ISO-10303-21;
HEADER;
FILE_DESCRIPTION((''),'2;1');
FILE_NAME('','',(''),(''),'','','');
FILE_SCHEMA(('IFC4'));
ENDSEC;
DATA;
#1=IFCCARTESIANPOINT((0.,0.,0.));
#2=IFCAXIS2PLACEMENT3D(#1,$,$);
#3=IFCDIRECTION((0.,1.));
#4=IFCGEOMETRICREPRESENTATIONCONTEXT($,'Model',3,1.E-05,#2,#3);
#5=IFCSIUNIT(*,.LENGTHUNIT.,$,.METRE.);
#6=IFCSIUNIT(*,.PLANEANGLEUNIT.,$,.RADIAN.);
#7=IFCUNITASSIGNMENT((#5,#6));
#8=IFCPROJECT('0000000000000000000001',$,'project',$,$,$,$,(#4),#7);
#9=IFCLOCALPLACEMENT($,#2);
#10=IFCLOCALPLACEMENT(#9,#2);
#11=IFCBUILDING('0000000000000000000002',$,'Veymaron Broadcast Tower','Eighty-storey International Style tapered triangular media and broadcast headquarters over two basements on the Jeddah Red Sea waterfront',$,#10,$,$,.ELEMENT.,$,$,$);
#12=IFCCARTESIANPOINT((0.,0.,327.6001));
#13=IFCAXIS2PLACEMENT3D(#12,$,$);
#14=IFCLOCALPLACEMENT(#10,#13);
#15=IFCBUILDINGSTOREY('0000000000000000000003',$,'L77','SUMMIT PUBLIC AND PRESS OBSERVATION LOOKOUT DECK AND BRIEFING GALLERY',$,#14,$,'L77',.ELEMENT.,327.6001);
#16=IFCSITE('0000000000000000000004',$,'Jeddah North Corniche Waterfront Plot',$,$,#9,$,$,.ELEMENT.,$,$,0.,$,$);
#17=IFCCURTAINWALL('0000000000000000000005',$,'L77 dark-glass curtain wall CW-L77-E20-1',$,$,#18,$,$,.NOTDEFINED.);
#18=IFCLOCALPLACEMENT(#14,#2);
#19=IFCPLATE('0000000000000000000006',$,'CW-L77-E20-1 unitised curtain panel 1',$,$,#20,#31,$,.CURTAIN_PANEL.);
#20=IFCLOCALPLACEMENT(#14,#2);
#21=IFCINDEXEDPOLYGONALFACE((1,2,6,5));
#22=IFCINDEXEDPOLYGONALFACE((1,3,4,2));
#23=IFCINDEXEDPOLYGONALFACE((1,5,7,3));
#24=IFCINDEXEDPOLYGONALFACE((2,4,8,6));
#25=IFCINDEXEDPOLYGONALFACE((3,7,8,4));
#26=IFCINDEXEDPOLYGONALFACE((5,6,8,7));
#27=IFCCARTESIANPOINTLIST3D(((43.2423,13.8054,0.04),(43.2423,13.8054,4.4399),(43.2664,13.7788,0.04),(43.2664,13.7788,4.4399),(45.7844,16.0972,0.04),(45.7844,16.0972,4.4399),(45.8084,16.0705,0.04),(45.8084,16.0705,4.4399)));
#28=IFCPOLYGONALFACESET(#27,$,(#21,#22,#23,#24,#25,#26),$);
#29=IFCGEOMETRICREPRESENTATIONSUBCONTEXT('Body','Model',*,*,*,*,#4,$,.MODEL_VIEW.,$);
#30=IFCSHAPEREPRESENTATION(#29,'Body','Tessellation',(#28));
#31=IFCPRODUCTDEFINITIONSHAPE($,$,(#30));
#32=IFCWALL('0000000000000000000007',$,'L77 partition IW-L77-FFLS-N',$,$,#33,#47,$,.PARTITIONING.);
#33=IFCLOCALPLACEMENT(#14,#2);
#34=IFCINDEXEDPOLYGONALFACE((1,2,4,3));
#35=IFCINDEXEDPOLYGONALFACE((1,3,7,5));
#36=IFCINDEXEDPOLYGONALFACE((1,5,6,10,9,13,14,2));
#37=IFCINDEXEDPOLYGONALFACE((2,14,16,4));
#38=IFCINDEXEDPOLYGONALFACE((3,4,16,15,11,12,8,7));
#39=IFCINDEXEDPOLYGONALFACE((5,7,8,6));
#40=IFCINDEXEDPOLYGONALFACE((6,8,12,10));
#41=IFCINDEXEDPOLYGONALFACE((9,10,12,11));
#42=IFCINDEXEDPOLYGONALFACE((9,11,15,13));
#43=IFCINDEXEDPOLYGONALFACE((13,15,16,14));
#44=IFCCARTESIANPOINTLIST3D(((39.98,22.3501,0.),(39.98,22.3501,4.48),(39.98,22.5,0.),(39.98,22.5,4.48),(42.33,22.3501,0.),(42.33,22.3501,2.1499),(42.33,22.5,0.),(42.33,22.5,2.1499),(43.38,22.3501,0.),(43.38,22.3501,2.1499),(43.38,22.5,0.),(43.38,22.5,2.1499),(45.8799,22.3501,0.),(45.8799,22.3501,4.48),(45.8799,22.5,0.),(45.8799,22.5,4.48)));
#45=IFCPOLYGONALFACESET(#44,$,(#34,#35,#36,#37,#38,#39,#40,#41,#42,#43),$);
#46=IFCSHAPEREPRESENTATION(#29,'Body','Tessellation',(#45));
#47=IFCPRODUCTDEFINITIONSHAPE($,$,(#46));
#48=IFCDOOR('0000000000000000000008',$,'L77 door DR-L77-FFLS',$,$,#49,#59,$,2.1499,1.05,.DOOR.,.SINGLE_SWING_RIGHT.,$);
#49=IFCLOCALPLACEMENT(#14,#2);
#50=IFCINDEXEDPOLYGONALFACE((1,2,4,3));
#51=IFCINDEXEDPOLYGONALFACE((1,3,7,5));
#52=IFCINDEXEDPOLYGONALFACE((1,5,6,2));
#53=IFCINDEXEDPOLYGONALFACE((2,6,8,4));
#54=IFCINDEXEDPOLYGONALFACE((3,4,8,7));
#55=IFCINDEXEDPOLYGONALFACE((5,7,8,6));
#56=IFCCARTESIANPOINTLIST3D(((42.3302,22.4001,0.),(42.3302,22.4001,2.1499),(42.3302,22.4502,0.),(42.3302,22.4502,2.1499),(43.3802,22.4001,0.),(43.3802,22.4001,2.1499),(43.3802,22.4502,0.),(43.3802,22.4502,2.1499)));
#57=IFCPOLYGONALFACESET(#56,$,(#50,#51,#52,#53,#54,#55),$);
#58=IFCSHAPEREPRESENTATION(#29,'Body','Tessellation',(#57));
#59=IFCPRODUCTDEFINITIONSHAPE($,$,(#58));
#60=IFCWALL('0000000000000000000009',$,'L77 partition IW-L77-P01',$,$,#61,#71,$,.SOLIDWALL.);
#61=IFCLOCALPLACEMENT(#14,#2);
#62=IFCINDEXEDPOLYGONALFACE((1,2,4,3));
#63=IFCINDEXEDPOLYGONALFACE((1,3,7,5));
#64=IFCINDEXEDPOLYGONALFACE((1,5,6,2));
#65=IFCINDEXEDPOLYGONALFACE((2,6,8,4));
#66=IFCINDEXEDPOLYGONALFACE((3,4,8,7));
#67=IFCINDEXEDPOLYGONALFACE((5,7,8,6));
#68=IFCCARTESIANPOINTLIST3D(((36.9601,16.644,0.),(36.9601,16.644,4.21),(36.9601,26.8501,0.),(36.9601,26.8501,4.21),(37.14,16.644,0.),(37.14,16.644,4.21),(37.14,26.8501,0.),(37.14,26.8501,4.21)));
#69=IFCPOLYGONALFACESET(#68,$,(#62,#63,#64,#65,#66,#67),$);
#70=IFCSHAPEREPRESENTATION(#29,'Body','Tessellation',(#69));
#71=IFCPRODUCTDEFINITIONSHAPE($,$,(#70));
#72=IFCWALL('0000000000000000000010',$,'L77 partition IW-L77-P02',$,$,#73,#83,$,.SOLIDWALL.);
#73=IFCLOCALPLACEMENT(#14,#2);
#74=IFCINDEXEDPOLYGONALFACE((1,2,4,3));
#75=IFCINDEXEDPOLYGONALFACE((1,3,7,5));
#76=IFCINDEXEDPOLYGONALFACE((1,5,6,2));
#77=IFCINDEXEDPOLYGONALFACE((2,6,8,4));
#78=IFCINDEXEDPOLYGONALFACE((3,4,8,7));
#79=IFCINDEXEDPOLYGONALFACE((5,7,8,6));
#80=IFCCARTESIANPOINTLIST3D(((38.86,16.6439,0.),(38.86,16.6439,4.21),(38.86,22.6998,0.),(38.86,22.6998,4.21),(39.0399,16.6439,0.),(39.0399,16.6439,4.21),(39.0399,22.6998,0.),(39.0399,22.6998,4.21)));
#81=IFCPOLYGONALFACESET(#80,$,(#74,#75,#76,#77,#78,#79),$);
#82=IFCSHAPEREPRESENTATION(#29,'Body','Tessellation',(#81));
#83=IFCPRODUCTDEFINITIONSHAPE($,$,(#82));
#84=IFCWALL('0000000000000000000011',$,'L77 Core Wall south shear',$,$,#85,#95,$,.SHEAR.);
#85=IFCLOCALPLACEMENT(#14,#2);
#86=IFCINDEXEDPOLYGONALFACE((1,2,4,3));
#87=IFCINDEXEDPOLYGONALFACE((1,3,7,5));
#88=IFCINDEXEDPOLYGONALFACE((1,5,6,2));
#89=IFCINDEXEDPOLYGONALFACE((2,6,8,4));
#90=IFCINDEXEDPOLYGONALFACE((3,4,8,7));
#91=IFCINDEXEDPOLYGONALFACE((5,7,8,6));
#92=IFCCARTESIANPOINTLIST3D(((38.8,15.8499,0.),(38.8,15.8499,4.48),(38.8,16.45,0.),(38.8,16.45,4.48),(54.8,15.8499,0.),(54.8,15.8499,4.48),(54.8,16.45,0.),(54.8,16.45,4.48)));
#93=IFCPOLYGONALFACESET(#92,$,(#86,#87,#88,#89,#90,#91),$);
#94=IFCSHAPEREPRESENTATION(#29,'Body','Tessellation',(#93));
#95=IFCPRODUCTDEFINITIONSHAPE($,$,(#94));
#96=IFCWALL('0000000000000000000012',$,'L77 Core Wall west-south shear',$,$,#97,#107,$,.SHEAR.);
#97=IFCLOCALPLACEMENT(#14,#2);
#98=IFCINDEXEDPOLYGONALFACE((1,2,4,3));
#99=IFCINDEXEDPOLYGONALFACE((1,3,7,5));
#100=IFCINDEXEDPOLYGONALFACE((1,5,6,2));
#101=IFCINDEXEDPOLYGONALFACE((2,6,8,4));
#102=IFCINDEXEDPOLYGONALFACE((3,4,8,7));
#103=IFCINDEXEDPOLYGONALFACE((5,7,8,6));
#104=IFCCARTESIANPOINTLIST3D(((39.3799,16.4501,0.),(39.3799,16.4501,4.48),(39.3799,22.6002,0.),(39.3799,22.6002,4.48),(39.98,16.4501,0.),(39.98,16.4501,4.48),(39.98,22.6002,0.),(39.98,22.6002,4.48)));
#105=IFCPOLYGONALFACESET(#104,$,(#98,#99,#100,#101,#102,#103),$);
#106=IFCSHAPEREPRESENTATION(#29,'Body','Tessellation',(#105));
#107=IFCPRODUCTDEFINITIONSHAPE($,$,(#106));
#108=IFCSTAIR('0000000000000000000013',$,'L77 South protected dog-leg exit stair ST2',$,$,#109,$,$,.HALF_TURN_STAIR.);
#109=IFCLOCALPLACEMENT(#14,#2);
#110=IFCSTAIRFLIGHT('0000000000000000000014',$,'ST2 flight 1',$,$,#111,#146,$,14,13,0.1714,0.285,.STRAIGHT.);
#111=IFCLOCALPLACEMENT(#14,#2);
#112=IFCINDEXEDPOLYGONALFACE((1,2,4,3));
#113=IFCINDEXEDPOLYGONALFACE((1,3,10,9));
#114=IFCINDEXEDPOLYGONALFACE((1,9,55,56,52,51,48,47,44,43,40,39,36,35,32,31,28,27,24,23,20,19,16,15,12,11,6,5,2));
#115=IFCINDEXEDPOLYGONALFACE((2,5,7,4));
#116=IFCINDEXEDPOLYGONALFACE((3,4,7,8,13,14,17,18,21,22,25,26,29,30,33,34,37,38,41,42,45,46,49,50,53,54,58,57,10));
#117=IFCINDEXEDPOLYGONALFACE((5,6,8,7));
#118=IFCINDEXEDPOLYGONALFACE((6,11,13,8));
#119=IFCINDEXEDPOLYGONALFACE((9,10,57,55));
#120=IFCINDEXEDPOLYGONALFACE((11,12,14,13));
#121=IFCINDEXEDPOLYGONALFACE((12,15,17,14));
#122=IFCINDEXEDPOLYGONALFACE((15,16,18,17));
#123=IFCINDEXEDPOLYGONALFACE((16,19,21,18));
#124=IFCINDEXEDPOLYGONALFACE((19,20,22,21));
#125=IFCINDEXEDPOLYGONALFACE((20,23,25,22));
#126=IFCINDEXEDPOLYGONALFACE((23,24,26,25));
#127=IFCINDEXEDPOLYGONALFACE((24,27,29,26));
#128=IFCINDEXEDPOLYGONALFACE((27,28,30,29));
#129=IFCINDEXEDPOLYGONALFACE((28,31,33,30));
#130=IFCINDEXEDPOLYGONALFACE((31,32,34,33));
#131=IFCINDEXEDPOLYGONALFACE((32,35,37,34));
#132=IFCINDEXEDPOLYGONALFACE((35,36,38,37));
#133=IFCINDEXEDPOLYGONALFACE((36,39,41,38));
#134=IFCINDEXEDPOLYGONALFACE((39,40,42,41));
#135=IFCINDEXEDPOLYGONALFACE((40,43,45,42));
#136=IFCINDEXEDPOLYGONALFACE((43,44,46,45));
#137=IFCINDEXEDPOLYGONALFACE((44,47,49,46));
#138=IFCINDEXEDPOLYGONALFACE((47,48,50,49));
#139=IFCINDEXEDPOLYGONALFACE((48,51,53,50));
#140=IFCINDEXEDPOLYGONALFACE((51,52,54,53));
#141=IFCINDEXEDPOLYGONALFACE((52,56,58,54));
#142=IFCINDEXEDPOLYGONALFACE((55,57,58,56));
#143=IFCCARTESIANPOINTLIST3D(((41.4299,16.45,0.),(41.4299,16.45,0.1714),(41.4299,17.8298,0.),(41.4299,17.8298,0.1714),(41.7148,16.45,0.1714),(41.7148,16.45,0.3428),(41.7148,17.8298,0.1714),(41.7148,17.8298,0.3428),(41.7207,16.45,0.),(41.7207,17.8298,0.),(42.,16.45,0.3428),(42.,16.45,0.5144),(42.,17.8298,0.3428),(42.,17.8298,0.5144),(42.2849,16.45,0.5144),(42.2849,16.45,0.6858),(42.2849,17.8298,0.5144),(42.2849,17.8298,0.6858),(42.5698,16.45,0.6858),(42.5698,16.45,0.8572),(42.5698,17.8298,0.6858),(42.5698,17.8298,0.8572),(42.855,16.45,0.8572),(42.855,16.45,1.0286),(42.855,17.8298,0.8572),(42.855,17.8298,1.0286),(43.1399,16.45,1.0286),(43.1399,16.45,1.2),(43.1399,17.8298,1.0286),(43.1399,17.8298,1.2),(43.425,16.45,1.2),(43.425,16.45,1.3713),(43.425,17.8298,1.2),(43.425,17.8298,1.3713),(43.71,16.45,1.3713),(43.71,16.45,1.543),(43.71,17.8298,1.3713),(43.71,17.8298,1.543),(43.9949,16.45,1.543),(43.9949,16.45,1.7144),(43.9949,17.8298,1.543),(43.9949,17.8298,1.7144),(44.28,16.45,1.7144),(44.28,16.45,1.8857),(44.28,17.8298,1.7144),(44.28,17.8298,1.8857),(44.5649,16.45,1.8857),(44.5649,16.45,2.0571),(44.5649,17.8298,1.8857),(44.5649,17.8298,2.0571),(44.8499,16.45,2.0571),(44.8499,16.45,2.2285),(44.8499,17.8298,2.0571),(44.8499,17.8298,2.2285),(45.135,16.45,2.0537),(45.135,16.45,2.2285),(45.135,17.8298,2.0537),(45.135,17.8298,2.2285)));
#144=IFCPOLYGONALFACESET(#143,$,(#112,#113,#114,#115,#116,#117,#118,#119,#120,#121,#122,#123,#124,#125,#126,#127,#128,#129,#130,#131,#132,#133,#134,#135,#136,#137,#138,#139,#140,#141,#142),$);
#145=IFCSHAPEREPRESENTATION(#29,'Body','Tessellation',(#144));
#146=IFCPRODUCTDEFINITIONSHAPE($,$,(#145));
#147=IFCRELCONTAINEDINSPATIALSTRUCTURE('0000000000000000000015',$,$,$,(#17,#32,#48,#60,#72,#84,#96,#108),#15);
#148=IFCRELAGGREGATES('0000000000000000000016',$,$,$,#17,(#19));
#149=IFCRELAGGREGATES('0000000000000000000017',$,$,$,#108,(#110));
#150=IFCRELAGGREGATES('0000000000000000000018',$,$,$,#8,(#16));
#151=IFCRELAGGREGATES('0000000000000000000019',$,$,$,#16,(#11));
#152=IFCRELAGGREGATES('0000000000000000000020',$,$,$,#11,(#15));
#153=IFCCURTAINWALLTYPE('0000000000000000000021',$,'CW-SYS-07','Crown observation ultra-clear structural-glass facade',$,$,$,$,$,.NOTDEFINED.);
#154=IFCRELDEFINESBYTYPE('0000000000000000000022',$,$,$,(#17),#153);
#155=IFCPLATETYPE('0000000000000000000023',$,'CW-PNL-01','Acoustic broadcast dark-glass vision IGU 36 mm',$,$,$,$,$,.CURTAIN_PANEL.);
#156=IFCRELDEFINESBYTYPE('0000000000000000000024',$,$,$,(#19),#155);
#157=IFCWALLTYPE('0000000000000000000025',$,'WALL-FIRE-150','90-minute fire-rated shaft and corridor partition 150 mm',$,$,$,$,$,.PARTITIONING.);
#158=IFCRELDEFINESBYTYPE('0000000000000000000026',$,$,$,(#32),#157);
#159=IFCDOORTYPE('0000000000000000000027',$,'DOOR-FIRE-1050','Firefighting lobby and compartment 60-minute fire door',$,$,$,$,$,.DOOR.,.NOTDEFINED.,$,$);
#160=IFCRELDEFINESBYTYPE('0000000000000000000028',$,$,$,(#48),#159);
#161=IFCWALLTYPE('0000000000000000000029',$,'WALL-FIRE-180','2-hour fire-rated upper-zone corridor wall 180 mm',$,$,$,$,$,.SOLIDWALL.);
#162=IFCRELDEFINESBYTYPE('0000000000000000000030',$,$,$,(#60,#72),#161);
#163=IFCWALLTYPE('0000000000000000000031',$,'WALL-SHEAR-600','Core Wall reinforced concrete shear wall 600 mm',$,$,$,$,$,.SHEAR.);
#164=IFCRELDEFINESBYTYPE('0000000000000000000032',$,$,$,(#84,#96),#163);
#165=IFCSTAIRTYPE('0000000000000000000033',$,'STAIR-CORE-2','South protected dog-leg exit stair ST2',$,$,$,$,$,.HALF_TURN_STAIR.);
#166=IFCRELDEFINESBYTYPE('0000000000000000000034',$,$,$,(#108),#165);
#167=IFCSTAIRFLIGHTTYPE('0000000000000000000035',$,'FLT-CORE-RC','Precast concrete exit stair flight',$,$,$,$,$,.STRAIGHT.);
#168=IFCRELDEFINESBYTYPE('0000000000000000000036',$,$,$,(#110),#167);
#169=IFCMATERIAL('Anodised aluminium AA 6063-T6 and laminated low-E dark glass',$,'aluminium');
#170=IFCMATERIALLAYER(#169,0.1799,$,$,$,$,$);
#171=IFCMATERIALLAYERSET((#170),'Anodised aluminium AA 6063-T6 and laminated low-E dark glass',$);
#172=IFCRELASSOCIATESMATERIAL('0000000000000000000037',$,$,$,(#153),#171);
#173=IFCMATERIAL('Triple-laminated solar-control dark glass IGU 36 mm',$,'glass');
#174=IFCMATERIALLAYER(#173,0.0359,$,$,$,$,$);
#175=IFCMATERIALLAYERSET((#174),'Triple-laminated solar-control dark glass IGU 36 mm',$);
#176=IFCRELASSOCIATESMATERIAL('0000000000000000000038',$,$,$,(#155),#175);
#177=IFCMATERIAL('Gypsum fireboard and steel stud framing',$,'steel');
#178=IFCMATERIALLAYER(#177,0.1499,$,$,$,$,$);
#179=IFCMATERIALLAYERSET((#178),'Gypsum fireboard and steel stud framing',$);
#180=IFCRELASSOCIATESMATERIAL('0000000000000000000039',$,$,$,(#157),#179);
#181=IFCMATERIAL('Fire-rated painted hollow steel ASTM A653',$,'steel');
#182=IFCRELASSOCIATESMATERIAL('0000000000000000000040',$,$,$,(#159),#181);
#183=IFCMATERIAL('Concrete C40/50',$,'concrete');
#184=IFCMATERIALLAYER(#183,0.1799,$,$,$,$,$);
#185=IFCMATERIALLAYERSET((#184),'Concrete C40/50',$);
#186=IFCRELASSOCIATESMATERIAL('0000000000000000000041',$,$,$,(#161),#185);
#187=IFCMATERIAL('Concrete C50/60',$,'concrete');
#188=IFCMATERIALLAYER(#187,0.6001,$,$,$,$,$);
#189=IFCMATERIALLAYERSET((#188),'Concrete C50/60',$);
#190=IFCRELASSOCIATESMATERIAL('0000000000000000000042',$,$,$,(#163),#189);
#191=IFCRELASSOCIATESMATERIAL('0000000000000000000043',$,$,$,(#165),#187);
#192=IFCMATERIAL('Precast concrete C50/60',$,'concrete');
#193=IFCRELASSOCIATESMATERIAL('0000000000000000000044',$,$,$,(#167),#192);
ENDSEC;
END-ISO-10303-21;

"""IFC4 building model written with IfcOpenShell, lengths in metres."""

from ifc_helpers import new_model, si_unit, direction, frame, frame_2d, origin, origin_2d, place, context, subcontext, project, spatial, polyline, rectangle, outline, extrude, material, layer, layer_set, type_object, element, fill, aggregate, save


model = new_model("IFC4")

# Units and contexts
model_context = context("Model", 3, precision=1e-05, world=origin(), true_north=direction((0.0, 1.0)))
body_context = subcontext(model_context, "Body", "Model", "MODEL_VIEW")
ifc_project = project(units=[si_unit("LENGTHUNIT", "METRE"), si_unit("PLANEANGLEUNIT", "RADIAN")], contexts=[model_context])

# Site, building, storey
site_placement = place(None, origin())
site = spatial("IfcSite", under=ifc_project, at=site_placement, Name="Jeddah North Corniche Waterfront Plot", CompositionType="ELEMENT", RefElevation=0.0)
building_placement = place(site_placement, origin())
building = spatial("IfcBuilding", under=site, at=building_placement, Name="Veymaron Broadcast Tower", Description="Eighty-storey International Style tapered triangular media and broadcast headquarters over two basements on the Jeddah Red Sea waterfront", CompositionType="ELEMENT")
storey_placement = place(building_placement, frame((0.0, 0.0, 327.6001)))
storey = spatial("IfcBuildingStorey", under=building, at=storey_placement, Name="L77", Description="SUMMIT PUBLIC AND PRESS OBSERVATION LOOKOUT DECK AND BRIEFING GALLERY", LongName="L77", CompositionType="ELEMENT", Elevation=327.6001)

# Curtain wall, plate
ifc_material_1 = material(Name="Anodised aluminium AA 6063-T6 and laminated low-E dark glass", Category="aluminium")
ifc_layer_1 = layer(ifc_material_1, 0.1799)
ifc_layer_set_1 = layer_set([ifc_layer_1], Name="Anodised aluminium AA 6063-T6 and laminated low-E dark glass")
curtain_wall_type = type_object("IfcCurtainWallType", Name="CW-SYS-07", Description="Crown observation ultra-clear structural-glass facade", PredefinedType="NOTDEFINED", material=ifc_layer_set_1)
curtain_wall_placement = place(storey_placement, origin())
curtain_wall = element("IfcCurtainWall", 1, at=curtain_wall_placement, inside=storey, type_object=curtain_wall_type, Name="L77 dark-glass curtain wall CW-L77-E20-1", PredefinedType="NOTDEFINED")
ifc_material_2 = material(Name="Triple-laminated solar-control dark glass IGU 36 mm", Category="glass")
ifc_layer_2 = layer(ifc_material_2, 0.0359)
ifc_layer_set_2 = layer_set([ifc_layer_2], Name="Triple-laminated solar-control dark glass IGU 36 mm")
plate_type = type_object("IfcPlateType", Name="CW-PNL-01", Description="Acoustic broadcast dark-glass vision IGU 36 mm", PredefinedType="CURTAIN_PANEL", material=ifc_layer_set_2)
plate_1_placement = place(storey_placement, frame((44.5254, 14.938, 0.04), z_axis=(0.0, 0.0, 1.0), x_axis=(0.742724, 0.669597, 0.0)))
plate_1 = element("IfcPlate", 2, at=plate_1_placement, type_object=plate_type, Name="CW-L77-E20-1 unitised curtain panel 1", PredefinedType="CURTAIN_PANEL", context=body_context, shape_type="SweptSolid", body=[
    extrude(rectangle(XDim=3.4226, YDim=0.0359, at=origin_2d()), origin(), (0.0, 0.0, 1.0), 4.3999),
])
aggregate(curtain_wall, [plate_1])

# Wall, opening, door
ifc_material_3 = material(Name="Gypsum fireboard and steel stud framing", Category="steel")
ifc_layer_3 = layer(ifc_material_3, 0.1499)
ifc_layer_set_3 = layer_set([ifc_layer_3], Name="Gypsum fireboard and steel stud framing")
wall_type_1 = type_object("IfcWallType", Name="WALL-FIRE-150", Description="90-minute fire-rated shaft and corridor partition 150 mm", PredefinedType="PARTITIONING", material=ifc_layer_set_3)
wall_1_placement = place(storey_placement, frame((39.98, 22.425, 0.0), z_axis=(0.0, 0.0, 1.0), x_axis=(1.0, 0.0, 0.0)))
wall_1 = element("IfcWall", 3, at=wall_1_placement, inside=storey, type_object=wall_type_1, Name="L77 partition IW-L77-FFLS-N", PredefinedType="PARTITIONING", context=body_context, shape_type="SweptSolid", body=[
    extrude(rectangle(XDim=5.8999, YDim=0.1499, at=frame_2d((2.95, 0.0))), origin(), (0.0, 0.0, 1.0), 4.48),
])
opening_1_placement = place(wall_1_placement, frame((2.3501, 0.0, 0.0)))
opening_1 = element("IfcOpeningElement", 4, at=opening_1_placement, cuts=wall_1, PredefinedType="OPENING", context=body_context, shape_type="SweptSolid", body=[
    extrude(rectangle(XDim=1.05, YDim=2.1499, at=frame_2d((0.5249, 1.075))), frame((0.0, 0.085, 0.0), z_axis=(0.0, -1.0, 0.0), x_axis=(1.0, 0.0, 0.0)), (0.0, 0.0, 1.0), 0.1699),
])
ifc_material_4 = material(Name="Fire-rated painted hollow steel ASTM A653", Category="steel")
door_type_1 = type_object("IfcDoorType", Name="DOOR-FIRE-1050", Description="Firefighting lobby and compartment 60-minute fire door", OperationType="NOTDEFINED", PredefinedType="DOOR", material=ifc_material_4)
door_1_placement = place(opening_1_placement, frame((1.05, 0.0, 0.0), z_axis=(0.0, 0.0, 1.0), x_axis=(-1.0, 0.0, 0.0)))
door_1 = element("IfcDoor", 5, at=door_1_placement, inside=storey, type_object=door_type_1, Name="L77 door DR-L77-FFLS", OperationType="SINGLE_SWING_RIGHT", OverallHeight=2.1499, OverallWidth=1.05, PredefinedType="DOOR", context=body_context, shape_type="SweptSolid", body=[
    extrude(rectangle(XDim=1.05, YDim=2.1499, at=frame_2d((0.5249, 1.075))), frame((0.0, 0.0249, 0.0), z_axis=(0.0, -1.0, 0.0), x_axis=(1.0, 0.0, 0.0)), (0.0, 0.0, 1.0), 0.05),
])
fill(opening_1, door_1)

# Walls
ifc_material_5 = material(Name="Concrete C40/50", Category="concrete")
ifc_layer_4 = layer(ifc_material_5, 0.1799)
ifc_layer_set_4 = layer_set([ifc_layer_4], Name="Concrete C40/50")
wall_type_2 = type_object("IfcWallType", Name="WALL-FIRE-180", Description="2-hour fire-rated upper-zone corridor wall 180 mm", PredefinedType="SOLIDWALL", material=ifc_layer_set_4)
wall_2_placement = place(storey_placement, frame((37.05, 16.644, 0.0), z_axis=(0.0, 0.0, 1.0), x_axis=(0.0, 1.0, 0.0)))
element("IfcWall", 6, at=wall_2_placement, inside=storey, type_object=wall_type_2, Name="L77 partition IW-L77-P01", PredefinedType="SOLIDWALL", context=body_context, shape_type="SweptSolid", body=[
    extrude(rectangle(XDim=10.2061, YDim=0.1799, at=frame_2d((5.103, 0.0))), origin(), (0.0, 0.0, 1.0), 4.21),
])
wall_3_placement = place(storey_placement, frame((38.95, 16.644, 0.0), z_axis=(0.0, 0.0, 1.0), x_axis=(0.0, 1.0, 0.0)))
element("IfcWall", 7, at=wall_3_placement, inside=storey, type_object=wall_type_2, Name="L77 partition IW-L77-P02", PredefinedType="SOLIDWALL", context=body_context, shape_type="SweptSolid", body=[
    extrude(rectangle(XDim=6.0559, YDim=0.1799, at=frame_2d((3.0278, 0.0))), origin(), (0.0, 0.0, 1.0), 4.21),
])

# Shared definitions
ifc_material_6 = material(Name="Concrete C50/60", Category="concrete")

# Walls
ifc_layer_5 = layer(ifc_material_6, 0.6001)
ifc_layer_set_5 = layer_set([ifc_layer_5], Name="Concrete C50/60")
wall_type_3 = type_object("IfcWallType", Name="WALL-SHEAR-600", Description="Core Wall reinforced concrete shear wall 600 mm", PredefinedType="SHEAR", material=ifc_layer_set_5)
wall_4_placement = place(storey_placement, frame((38.8, 16.1499, 0.0), z_axis=(0.0, 0.0, 1.0), x_axis=(1.0, 0.0, 0.0)))
element("IfcWall", 8, at=wall_4_placement, inside=storey, type_object=wall_type_3, Name="L77 Core Wall south shear", PredefinedType="SHEAR", context=body_context, shape_type="SweptSolid", body=[
    extrude(rectangle(XDim=16.0, YDim=0.6001, at=frame_2d((8.0, 0.0))), origin(), (0.0, 0.0, 1.0), 4.48),
])
wall_5_placement = place(storey_placement, frame((39.6799, 16.45, 0.0), z_axis=(0.0, 0.0, 1.0), x_axis=(0.0, 1.0, 0.0)))
element("IfcWall", 9, at=wall_5_placement, inside=storey, type_object=wall_type_3, Name="L77 Core Wall west-south shear", PredefinedType="SHEAR", context=body_context, shape_type="SweptSolid", body=[
    extrude(rectangle(XDim=6.1501, YDim=0.6001, at=frame_2d((3.0752, 0.0))), origin(), (0.0, 0.0, 1.0), 4.48),
])

# Stair, stair flight
stair_type = type_object("IfcStairType", Name="STAIR-CORE-2", Description="South protected dog-leg exit stair ST2", PredefinedType="HALF_TURN_STAIR", material=ifc_material_6)
stair_placement = place(storey_placement, origin())
stair = element("IfcStair", 10, at=stair_placement, inside=storey, type_object=stair_type, Name="L77 South protected dog-leg exit stair ST2", PredefinedType="HALF_TURN_STAIR")
ifc_material_7 = material(Name="Precast concrete C50/60", Category="concrete")
stair_flight_type = type_object("IfcStairFlightType", Name="FLT-CORE-RC", Description="Precast concrete exit stair flight", PredefinedType="STRAIGHT", material=ifc_material_7)
stair_flight_1_placement = place(storey_placement, frame((41.4299, 17.1399, 0.0), z_axis=(0.0, 0.0, 1.0), x_axis=(1.0, 0.0, 0.0)))
stair_flight_1 = element("IfcStairFlight", 11, at=stair_flight_1_placement, type_object=stair_flight_type, Name="ST2 flight 1", NumberOfRisers=14, NumberOfTreads=13, PredefinedType="STRAIGHT", RiserHeight=0.1714, TreadLength=0.285, context=body_context, shape_type="SweptSolid", body=[
    extrude(outline(polyline([(0.0, 0.0), (0.0, 0.1714), (0.2849, 0.1714), (0.2849, 0.3428), (0.5701, 0.3428), (0.5701, 0.5144), (0.855, 0.5144), (0.855, 0.6858), (1.1399, 0.6858), (1.1399, 0.8572), (1.425, 0.8572), (1.425, 1.0286), (1.71, 1.0286), (1.71, 1.2), (1.9951, 1.2), (1.9951, 1.3713), (2.28, 1.3713), (2.28, 1.543), (2.5649, 1.543), (2.5649, 1.7144), (2.8501, 1.7144), (2.8501, 1.8857), (3.135, 1.8857), (3.135, 2.0571), (3.4199, 2.0571), (3.4199, 2.2285), (3.7051, 2.2285), (3.7051, 2.3999), (3.7051, 2.0537), (0.2908, 0.0), (0.0, 0.0)])), frame((0.0, 0.6899, 0.0), z_axis=(0.0, -1.0, 0.0), x_axis=(1.0, 0.0, 0.0)), (0.0, 0.0, 1.0), 1.3799),
])
aggregate(stair, [stair_flight_1])

save(model, "model.ifc")
